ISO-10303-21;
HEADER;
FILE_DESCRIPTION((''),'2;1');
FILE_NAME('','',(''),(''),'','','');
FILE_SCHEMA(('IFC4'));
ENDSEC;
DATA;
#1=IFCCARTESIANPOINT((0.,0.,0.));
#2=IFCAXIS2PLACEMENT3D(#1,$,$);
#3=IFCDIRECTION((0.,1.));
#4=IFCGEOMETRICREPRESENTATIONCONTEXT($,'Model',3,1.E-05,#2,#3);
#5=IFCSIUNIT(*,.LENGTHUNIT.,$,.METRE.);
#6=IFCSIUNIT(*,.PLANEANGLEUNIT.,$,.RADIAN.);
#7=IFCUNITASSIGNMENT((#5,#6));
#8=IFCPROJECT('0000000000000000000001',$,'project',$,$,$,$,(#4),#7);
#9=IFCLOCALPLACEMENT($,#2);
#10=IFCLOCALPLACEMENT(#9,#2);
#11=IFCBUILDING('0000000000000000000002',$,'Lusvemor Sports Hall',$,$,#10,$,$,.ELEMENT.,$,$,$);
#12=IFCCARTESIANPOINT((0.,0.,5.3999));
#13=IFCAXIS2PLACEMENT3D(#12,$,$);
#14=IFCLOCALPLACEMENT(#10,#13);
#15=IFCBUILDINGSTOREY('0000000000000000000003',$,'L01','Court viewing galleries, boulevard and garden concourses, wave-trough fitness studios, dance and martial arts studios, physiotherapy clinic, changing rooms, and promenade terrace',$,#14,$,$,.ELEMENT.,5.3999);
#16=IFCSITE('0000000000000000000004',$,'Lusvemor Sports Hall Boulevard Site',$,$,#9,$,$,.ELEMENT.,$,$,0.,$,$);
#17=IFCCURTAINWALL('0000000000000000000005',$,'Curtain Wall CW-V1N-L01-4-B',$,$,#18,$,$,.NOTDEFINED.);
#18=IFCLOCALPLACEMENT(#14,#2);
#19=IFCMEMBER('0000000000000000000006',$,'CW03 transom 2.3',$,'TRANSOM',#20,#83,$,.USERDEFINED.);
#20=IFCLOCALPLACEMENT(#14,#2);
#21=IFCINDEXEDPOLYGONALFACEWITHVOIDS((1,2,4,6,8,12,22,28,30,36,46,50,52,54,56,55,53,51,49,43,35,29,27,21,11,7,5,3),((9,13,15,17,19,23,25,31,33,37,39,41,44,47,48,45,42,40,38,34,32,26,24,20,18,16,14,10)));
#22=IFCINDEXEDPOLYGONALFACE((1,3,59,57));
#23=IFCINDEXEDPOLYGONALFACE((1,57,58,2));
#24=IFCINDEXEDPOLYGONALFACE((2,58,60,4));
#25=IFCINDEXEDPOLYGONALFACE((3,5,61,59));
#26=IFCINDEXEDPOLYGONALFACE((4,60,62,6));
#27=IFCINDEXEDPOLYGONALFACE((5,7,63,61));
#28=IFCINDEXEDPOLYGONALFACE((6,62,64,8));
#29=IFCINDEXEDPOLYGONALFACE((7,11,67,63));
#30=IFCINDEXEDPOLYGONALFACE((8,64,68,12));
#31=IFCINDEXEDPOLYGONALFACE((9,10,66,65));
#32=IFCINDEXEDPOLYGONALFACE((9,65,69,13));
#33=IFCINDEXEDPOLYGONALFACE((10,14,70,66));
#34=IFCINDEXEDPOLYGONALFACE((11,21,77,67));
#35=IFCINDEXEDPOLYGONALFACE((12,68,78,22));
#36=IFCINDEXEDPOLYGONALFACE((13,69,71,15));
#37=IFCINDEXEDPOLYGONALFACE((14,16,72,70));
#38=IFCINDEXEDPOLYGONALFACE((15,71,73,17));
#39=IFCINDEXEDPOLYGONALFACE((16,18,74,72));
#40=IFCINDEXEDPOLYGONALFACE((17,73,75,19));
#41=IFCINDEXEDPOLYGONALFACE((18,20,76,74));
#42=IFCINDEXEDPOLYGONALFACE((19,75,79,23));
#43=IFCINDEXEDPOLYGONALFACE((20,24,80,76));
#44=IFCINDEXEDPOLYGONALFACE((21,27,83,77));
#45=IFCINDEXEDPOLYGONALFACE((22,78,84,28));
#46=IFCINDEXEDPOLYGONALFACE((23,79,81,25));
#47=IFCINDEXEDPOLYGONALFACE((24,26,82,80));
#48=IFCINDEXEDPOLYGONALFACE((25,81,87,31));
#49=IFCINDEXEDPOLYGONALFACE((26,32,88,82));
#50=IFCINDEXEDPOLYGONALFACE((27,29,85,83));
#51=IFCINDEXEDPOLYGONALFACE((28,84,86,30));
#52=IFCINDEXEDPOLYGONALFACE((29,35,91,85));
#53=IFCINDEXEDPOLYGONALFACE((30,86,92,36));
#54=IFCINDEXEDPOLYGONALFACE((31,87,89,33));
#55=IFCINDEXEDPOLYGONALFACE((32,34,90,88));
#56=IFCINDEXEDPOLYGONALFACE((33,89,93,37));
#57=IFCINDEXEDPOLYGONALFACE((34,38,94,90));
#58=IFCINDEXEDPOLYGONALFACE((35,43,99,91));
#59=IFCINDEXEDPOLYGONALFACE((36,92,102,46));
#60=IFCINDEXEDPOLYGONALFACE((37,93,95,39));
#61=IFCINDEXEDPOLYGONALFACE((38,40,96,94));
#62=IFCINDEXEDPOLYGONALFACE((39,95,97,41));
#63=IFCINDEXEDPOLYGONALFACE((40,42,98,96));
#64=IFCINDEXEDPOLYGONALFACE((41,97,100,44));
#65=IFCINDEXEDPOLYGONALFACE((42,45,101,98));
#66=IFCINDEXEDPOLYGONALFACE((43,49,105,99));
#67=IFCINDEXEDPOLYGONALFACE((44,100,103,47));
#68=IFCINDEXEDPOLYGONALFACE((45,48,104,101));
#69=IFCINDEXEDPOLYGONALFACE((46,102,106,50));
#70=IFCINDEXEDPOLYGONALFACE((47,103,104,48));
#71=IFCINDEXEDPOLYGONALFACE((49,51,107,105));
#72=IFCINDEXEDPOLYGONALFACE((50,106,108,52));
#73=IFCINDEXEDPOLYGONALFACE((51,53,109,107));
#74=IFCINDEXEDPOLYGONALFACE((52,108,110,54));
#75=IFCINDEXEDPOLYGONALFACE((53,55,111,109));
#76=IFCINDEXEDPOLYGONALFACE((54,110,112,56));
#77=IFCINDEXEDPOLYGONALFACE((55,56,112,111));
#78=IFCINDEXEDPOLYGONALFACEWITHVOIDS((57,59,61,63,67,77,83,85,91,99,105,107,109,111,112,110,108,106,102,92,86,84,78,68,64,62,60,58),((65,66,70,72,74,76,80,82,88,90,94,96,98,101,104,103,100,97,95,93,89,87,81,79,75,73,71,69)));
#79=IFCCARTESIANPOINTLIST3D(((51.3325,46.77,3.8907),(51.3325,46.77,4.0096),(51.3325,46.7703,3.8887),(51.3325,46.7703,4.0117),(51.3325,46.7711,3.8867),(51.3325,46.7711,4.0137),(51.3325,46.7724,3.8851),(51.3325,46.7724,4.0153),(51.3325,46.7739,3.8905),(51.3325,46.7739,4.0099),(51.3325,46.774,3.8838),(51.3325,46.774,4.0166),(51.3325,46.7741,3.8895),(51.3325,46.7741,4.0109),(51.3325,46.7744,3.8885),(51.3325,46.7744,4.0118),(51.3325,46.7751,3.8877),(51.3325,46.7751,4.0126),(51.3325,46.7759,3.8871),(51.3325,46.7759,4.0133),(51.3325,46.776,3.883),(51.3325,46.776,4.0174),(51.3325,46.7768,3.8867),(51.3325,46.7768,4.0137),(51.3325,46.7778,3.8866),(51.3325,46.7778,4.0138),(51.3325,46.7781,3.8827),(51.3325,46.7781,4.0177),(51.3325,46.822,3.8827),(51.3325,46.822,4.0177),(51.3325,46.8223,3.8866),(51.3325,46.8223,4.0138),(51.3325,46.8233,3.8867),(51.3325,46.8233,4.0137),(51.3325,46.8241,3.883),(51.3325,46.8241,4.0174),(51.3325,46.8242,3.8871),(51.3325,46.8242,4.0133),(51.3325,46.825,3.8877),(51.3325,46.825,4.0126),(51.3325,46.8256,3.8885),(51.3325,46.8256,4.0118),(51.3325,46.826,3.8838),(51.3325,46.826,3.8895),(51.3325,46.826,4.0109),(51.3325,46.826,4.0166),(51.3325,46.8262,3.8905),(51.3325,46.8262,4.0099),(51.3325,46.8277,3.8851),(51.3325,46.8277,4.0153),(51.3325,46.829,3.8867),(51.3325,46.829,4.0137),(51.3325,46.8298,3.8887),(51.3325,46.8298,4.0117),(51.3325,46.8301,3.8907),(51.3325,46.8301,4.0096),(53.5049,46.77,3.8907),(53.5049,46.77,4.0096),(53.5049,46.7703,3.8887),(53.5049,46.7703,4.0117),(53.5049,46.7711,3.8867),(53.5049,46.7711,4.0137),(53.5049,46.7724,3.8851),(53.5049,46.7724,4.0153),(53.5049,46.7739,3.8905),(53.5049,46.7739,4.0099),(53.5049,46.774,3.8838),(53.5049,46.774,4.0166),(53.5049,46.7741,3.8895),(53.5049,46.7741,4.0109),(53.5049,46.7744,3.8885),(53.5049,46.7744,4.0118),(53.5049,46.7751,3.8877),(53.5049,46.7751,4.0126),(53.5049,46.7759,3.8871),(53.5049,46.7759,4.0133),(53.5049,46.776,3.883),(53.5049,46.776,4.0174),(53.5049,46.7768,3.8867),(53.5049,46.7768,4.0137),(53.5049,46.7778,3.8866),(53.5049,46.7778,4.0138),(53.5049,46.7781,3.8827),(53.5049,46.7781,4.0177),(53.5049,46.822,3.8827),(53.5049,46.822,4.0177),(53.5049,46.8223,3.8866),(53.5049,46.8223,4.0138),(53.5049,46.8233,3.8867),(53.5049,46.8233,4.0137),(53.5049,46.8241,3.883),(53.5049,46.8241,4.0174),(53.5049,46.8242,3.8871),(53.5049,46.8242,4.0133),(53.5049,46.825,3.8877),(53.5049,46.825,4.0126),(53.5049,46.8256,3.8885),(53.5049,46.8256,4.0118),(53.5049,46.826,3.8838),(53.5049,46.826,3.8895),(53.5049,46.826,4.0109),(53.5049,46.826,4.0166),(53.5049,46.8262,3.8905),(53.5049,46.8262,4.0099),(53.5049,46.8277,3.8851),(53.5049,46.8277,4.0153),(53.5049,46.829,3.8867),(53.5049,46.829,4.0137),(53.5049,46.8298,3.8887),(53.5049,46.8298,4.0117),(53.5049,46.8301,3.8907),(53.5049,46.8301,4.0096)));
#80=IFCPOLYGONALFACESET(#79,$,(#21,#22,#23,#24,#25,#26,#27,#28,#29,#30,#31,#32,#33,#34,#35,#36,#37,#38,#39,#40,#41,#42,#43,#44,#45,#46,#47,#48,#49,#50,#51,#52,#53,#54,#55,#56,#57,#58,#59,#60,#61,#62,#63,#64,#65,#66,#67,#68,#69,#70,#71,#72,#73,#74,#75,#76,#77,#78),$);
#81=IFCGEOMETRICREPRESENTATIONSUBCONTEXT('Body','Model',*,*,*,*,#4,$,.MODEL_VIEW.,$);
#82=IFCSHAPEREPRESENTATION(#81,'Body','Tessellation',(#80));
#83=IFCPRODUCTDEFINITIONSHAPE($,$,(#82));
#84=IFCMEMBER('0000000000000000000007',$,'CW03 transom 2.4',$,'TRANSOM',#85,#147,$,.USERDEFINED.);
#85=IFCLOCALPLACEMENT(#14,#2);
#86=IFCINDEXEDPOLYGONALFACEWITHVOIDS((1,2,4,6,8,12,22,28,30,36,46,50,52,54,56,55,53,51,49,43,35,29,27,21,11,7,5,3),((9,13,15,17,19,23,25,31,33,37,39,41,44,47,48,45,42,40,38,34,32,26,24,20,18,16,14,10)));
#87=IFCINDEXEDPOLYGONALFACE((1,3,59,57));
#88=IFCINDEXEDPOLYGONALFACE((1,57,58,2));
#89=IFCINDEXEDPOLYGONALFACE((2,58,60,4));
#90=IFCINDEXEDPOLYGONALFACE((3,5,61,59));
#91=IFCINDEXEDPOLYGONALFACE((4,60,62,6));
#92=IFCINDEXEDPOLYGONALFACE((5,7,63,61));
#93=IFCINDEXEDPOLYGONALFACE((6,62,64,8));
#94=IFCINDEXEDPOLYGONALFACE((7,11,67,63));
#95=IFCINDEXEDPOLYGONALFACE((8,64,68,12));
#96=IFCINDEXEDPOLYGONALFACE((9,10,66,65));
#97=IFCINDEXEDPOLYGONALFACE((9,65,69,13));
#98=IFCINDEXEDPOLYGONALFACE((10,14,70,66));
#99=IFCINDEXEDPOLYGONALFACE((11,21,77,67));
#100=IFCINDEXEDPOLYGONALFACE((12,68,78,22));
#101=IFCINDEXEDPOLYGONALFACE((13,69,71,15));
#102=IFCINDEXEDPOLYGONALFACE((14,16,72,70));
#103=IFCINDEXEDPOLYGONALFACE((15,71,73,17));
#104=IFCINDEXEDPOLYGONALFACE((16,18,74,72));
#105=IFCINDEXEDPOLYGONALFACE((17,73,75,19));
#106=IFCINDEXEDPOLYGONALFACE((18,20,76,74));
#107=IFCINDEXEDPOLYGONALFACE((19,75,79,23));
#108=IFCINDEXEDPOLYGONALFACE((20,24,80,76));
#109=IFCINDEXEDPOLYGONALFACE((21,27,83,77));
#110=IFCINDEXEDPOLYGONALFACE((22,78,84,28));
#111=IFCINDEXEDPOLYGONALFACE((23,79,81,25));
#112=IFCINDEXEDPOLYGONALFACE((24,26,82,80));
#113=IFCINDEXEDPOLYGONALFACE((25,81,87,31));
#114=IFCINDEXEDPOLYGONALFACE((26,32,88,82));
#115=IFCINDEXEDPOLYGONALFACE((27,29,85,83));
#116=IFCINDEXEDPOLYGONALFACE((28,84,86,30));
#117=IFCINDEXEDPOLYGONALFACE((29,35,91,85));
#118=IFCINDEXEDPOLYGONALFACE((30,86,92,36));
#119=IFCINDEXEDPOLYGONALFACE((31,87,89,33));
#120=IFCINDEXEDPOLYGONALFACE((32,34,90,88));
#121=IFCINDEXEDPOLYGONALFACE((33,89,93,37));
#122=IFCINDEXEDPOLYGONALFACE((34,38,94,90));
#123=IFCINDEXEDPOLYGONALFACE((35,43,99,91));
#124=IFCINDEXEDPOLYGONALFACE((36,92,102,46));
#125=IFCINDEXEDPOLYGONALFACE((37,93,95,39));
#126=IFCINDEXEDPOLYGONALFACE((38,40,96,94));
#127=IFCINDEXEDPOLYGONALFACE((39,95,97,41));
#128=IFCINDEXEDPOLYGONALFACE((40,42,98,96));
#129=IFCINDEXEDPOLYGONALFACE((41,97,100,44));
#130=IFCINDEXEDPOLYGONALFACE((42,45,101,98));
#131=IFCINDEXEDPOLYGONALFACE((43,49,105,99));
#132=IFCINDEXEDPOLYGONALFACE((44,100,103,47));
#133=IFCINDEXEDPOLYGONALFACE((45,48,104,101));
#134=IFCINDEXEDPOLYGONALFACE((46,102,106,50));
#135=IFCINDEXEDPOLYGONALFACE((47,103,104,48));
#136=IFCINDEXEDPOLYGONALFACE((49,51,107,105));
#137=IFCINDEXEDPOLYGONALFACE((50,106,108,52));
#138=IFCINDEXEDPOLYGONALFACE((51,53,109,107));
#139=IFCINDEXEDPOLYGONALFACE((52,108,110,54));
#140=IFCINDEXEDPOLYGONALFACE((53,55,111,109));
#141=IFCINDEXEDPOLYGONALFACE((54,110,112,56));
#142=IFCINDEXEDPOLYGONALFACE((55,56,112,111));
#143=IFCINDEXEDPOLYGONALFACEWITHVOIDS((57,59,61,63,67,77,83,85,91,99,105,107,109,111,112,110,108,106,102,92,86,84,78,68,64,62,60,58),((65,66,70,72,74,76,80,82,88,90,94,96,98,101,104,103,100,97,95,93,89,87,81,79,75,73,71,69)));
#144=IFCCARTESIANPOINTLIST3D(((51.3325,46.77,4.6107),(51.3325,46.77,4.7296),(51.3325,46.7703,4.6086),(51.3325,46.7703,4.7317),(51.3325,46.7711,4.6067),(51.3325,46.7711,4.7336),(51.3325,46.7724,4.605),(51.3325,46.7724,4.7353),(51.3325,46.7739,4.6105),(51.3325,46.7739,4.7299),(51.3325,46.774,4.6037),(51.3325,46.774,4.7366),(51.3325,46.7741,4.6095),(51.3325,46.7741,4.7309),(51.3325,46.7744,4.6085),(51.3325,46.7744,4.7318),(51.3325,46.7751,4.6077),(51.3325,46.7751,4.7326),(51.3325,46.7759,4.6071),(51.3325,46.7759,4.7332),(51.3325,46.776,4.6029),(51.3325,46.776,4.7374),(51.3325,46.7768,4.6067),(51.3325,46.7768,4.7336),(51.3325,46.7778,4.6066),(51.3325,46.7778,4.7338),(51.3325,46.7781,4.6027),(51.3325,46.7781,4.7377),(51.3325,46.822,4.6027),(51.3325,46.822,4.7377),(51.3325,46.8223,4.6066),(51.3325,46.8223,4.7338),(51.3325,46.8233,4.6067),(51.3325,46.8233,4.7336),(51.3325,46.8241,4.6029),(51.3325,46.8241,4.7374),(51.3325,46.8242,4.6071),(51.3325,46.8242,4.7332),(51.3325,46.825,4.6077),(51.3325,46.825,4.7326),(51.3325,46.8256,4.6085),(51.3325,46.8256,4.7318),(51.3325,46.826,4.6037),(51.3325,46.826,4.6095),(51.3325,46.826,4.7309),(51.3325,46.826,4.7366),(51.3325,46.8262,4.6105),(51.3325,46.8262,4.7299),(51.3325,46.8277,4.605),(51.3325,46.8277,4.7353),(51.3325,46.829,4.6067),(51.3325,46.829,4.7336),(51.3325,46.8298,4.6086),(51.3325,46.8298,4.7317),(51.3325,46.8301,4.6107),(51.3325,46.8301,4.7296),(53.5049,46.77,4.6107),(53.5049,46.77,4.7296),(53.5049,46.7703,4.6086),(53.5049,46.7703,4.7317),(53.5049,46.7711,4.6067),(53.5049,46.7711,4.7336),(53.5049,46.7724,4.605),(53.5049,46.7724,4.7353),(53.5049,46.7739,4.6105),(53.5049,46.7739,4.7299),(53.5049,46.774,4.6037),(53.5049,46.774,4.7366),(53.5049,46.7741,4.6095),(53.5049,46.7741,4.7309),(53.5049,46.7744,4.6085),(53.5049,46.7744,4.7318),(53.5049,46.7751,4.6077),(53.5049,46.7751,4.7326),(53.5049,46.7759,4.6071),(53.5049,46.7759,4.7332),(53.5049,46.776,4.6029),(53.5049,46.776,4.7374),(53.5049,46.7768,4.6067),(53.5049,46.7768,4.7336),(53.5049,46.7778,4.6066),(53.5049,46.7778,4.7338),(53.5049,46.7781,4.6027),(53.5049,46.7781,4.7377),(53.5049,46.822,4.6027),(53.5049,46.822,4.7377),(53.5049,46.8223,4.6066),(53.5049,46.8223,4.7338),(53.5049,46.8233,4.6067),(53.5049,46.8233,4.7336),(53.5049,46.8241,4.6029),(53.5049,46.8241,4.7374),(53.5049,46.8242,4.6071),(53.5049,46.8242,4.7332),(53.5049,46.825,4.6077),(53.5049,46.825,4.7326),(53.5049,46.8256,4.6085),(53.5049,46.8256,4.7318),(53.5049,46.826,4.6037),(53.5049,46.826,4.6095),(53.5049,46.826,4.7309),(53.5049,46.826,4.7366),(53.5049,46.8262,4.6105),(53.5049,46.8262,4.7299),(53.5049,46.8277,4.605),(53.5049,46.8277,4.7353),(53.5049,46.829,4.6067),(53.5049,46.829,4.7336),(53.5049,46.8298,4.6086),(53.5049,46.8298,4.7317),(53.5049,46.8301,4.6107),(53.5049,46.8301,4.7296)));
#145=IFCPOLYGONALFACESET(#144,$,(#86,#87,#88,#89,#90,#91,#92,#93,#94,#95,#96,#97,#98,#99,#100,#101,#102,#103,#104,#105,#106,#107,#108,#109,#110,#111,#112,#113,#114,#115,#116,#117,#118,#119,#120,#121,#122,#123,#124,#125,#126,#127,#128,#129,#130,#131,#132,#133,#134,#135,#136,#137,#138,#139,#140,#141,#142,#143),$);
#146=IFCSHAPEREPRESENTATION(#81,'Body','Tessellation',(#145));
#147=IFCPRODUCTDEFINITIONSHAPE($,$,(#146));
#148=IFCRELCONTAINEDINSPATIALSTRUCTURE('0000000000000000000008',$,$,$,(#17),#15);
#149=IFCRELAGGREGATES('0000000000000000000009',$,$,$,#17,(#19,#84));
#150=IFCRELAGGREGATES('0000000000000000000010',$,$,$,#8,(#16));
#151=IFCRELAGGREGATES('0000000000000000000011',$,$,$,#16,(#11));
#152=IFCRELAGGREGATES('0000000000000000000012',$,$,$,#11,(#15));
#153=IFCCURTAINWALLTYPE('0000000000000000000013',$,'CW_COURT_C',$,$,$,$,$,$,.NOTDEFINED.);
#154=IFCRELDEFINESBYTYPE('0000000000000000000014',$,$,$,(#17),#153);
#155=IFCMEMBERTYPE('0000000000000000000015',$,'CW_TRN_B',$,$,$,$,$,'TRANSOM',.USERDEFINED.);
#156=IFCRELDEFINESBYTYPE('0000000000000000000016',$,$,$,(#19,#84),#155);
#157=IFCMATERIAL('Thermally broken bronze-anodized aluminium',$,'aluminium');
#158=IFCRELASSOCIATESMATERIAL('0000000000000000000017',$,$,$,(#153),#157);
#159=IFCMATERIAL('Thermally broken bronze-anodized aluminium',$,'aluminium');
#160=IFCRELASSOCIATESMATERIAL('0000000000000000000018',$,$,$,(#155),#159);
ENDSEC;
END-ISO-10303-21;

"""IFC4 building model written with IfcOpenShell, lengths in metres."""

from ifc_helpers import new_model, si_unit, direction, frame, origin, origin_2d, place, context, subcontext, project, spatial, hollow_rectangle, extrude, material, material_profile, profile_set, type_object, element, aggregate, save


model = new_model("IFC4")

# Units and contexts
model_context = context("Model", 3, precision=1e-05, world=origin(), true_north=direction((0.0, 1.0)))
body_context = subcontext(model_context, "Body", "Model", "MODEL_VIEW")
ifc_project = project(units=[si_unit("LENGTHUNIT", "METRE"), si_unit("PLANEANGLEUNIT", "RADIAN")], contexts=[model_context])

# Site, building, storey
site_placement = place(None, origin())
site = spatial("IfcSite", under=ifc_project, at=site_placement, Name="Lusvemor Sports Hall Boulevard Site", CompositionType="ELEMENT", RefElevation=0.0)
building_placement = place(site_placement, origin())
building = spatial("IfcBuilding", under=site, at=building_placement, Name="Lusvemor Sports Hall", CompositionType="ELEMENT")
storey_placement = place(building_placement, frame((0.0, 0.0, 5.3999)))
storey = spatial("IfcBuildingStorey", under=building, at=storey_placement, Name="L01", Description="Court viewing galleries, boulevard and garden concourses, wave-trough fitness studios, dance and martial arts studios, physiotherapy clinic, changing rooms, and promenade terrace", CompositionType="ELEMENT", Elevation=5.3999)

# Curtain wall
ifc_material_1 = material(Name="Thermally broken bronze-anodized aluminium", Category="aluminium")
curtain_wall_type = type_object("IfcCurtainWallType", Name="CW_COURT_C", PredefinedType="NOTDEFINED", material=ifc_material_1)
curtain_wall_1_placement = place(storey_placement, origin())
curtain_wall_1 = element("IfcCurtainWall", 1, at=curtain_wall_1_placement, inside=storey, type_object=curtain_wall_type, Name="Curtain Wall CW-V1N-L01-4-B", PredefinedType="NOTDEFINED")

# Members
ifc_material_2 = material(Name="Thermally broken bronze-anodized aluminium", Category="aluminium")
ifc_material_profile_1 = material_profile(ifc_material_2, hollow_rectangle(XDim=0.0601, YDim=0.135, WallThickness=0.0039, InnerFilletRadius=0.0039, OuterFilletRadius=0.0081, at=origin_2d()), Name="CWTRN135x60x4")
ifc_profile_set_1 = profile_set([ifc_material_profile_1], Name="Thermally broken bronze-anodized aluminium")
member_type_1 = type_object("IfcMemberType", Name="CW_TRN_B", ElementType="TRANSOM", PredefinedType="USERDEFINED", material=ifc_profile_set_1)
member_1_placement = place(storey_placement, frame((51.3325, 46.8, 3.9502), z_axis=(1.0, 0.0, 0.0), x_axis=(0.0, 1.0, 0.0)))
member_1 = element("IfcMember", 2, at=member_1_placement, type_object=member_type_1, Name="CW03 transom 2.3", ObjectType="TRANSOM", PredefinedType="USERDEFINED", context=body_context, shape_type="SweptSolid", body=[
    extrude(hollow_rectangle(XDim=0.0601, YDim=0.135, WallThickness=0.0039, InnerFilletRadius=0.0039, OuterFilletRadius=0.0081, at=origin_2d()), origin(), (0.0, 0.0, 1.0), 2.1724),
])
member_2_placement = place(storey_placement, frame((51.3325, 46.8, 4.6702), z_axis=(1.0, 0.0, 0.0), x_axis=(0.0, 1.0, 0.0)))
member_2 = element("IfcMember", 3, at=member_2_placement, type_object=member_type_1, Name="CW03 transom 2.4", ObjectType="TRANSOM", PredefinedType="USERDEFINED", context=body_context, shape_type="SweptSolid", body=[
    extrude(hollow_rectangle(XDim=0.0601, YDim=0.135, WallThickness=0.0039, InnerFilletRadius=0.0039, OuterFilletRadius=0.0081, at=origin_2d()), origin(), (0.0, 0.0, 1.0), 2.1724),
])

aggregate(curtain_wall_1, [member_1, member_2])

save(model, "model.ifc")
